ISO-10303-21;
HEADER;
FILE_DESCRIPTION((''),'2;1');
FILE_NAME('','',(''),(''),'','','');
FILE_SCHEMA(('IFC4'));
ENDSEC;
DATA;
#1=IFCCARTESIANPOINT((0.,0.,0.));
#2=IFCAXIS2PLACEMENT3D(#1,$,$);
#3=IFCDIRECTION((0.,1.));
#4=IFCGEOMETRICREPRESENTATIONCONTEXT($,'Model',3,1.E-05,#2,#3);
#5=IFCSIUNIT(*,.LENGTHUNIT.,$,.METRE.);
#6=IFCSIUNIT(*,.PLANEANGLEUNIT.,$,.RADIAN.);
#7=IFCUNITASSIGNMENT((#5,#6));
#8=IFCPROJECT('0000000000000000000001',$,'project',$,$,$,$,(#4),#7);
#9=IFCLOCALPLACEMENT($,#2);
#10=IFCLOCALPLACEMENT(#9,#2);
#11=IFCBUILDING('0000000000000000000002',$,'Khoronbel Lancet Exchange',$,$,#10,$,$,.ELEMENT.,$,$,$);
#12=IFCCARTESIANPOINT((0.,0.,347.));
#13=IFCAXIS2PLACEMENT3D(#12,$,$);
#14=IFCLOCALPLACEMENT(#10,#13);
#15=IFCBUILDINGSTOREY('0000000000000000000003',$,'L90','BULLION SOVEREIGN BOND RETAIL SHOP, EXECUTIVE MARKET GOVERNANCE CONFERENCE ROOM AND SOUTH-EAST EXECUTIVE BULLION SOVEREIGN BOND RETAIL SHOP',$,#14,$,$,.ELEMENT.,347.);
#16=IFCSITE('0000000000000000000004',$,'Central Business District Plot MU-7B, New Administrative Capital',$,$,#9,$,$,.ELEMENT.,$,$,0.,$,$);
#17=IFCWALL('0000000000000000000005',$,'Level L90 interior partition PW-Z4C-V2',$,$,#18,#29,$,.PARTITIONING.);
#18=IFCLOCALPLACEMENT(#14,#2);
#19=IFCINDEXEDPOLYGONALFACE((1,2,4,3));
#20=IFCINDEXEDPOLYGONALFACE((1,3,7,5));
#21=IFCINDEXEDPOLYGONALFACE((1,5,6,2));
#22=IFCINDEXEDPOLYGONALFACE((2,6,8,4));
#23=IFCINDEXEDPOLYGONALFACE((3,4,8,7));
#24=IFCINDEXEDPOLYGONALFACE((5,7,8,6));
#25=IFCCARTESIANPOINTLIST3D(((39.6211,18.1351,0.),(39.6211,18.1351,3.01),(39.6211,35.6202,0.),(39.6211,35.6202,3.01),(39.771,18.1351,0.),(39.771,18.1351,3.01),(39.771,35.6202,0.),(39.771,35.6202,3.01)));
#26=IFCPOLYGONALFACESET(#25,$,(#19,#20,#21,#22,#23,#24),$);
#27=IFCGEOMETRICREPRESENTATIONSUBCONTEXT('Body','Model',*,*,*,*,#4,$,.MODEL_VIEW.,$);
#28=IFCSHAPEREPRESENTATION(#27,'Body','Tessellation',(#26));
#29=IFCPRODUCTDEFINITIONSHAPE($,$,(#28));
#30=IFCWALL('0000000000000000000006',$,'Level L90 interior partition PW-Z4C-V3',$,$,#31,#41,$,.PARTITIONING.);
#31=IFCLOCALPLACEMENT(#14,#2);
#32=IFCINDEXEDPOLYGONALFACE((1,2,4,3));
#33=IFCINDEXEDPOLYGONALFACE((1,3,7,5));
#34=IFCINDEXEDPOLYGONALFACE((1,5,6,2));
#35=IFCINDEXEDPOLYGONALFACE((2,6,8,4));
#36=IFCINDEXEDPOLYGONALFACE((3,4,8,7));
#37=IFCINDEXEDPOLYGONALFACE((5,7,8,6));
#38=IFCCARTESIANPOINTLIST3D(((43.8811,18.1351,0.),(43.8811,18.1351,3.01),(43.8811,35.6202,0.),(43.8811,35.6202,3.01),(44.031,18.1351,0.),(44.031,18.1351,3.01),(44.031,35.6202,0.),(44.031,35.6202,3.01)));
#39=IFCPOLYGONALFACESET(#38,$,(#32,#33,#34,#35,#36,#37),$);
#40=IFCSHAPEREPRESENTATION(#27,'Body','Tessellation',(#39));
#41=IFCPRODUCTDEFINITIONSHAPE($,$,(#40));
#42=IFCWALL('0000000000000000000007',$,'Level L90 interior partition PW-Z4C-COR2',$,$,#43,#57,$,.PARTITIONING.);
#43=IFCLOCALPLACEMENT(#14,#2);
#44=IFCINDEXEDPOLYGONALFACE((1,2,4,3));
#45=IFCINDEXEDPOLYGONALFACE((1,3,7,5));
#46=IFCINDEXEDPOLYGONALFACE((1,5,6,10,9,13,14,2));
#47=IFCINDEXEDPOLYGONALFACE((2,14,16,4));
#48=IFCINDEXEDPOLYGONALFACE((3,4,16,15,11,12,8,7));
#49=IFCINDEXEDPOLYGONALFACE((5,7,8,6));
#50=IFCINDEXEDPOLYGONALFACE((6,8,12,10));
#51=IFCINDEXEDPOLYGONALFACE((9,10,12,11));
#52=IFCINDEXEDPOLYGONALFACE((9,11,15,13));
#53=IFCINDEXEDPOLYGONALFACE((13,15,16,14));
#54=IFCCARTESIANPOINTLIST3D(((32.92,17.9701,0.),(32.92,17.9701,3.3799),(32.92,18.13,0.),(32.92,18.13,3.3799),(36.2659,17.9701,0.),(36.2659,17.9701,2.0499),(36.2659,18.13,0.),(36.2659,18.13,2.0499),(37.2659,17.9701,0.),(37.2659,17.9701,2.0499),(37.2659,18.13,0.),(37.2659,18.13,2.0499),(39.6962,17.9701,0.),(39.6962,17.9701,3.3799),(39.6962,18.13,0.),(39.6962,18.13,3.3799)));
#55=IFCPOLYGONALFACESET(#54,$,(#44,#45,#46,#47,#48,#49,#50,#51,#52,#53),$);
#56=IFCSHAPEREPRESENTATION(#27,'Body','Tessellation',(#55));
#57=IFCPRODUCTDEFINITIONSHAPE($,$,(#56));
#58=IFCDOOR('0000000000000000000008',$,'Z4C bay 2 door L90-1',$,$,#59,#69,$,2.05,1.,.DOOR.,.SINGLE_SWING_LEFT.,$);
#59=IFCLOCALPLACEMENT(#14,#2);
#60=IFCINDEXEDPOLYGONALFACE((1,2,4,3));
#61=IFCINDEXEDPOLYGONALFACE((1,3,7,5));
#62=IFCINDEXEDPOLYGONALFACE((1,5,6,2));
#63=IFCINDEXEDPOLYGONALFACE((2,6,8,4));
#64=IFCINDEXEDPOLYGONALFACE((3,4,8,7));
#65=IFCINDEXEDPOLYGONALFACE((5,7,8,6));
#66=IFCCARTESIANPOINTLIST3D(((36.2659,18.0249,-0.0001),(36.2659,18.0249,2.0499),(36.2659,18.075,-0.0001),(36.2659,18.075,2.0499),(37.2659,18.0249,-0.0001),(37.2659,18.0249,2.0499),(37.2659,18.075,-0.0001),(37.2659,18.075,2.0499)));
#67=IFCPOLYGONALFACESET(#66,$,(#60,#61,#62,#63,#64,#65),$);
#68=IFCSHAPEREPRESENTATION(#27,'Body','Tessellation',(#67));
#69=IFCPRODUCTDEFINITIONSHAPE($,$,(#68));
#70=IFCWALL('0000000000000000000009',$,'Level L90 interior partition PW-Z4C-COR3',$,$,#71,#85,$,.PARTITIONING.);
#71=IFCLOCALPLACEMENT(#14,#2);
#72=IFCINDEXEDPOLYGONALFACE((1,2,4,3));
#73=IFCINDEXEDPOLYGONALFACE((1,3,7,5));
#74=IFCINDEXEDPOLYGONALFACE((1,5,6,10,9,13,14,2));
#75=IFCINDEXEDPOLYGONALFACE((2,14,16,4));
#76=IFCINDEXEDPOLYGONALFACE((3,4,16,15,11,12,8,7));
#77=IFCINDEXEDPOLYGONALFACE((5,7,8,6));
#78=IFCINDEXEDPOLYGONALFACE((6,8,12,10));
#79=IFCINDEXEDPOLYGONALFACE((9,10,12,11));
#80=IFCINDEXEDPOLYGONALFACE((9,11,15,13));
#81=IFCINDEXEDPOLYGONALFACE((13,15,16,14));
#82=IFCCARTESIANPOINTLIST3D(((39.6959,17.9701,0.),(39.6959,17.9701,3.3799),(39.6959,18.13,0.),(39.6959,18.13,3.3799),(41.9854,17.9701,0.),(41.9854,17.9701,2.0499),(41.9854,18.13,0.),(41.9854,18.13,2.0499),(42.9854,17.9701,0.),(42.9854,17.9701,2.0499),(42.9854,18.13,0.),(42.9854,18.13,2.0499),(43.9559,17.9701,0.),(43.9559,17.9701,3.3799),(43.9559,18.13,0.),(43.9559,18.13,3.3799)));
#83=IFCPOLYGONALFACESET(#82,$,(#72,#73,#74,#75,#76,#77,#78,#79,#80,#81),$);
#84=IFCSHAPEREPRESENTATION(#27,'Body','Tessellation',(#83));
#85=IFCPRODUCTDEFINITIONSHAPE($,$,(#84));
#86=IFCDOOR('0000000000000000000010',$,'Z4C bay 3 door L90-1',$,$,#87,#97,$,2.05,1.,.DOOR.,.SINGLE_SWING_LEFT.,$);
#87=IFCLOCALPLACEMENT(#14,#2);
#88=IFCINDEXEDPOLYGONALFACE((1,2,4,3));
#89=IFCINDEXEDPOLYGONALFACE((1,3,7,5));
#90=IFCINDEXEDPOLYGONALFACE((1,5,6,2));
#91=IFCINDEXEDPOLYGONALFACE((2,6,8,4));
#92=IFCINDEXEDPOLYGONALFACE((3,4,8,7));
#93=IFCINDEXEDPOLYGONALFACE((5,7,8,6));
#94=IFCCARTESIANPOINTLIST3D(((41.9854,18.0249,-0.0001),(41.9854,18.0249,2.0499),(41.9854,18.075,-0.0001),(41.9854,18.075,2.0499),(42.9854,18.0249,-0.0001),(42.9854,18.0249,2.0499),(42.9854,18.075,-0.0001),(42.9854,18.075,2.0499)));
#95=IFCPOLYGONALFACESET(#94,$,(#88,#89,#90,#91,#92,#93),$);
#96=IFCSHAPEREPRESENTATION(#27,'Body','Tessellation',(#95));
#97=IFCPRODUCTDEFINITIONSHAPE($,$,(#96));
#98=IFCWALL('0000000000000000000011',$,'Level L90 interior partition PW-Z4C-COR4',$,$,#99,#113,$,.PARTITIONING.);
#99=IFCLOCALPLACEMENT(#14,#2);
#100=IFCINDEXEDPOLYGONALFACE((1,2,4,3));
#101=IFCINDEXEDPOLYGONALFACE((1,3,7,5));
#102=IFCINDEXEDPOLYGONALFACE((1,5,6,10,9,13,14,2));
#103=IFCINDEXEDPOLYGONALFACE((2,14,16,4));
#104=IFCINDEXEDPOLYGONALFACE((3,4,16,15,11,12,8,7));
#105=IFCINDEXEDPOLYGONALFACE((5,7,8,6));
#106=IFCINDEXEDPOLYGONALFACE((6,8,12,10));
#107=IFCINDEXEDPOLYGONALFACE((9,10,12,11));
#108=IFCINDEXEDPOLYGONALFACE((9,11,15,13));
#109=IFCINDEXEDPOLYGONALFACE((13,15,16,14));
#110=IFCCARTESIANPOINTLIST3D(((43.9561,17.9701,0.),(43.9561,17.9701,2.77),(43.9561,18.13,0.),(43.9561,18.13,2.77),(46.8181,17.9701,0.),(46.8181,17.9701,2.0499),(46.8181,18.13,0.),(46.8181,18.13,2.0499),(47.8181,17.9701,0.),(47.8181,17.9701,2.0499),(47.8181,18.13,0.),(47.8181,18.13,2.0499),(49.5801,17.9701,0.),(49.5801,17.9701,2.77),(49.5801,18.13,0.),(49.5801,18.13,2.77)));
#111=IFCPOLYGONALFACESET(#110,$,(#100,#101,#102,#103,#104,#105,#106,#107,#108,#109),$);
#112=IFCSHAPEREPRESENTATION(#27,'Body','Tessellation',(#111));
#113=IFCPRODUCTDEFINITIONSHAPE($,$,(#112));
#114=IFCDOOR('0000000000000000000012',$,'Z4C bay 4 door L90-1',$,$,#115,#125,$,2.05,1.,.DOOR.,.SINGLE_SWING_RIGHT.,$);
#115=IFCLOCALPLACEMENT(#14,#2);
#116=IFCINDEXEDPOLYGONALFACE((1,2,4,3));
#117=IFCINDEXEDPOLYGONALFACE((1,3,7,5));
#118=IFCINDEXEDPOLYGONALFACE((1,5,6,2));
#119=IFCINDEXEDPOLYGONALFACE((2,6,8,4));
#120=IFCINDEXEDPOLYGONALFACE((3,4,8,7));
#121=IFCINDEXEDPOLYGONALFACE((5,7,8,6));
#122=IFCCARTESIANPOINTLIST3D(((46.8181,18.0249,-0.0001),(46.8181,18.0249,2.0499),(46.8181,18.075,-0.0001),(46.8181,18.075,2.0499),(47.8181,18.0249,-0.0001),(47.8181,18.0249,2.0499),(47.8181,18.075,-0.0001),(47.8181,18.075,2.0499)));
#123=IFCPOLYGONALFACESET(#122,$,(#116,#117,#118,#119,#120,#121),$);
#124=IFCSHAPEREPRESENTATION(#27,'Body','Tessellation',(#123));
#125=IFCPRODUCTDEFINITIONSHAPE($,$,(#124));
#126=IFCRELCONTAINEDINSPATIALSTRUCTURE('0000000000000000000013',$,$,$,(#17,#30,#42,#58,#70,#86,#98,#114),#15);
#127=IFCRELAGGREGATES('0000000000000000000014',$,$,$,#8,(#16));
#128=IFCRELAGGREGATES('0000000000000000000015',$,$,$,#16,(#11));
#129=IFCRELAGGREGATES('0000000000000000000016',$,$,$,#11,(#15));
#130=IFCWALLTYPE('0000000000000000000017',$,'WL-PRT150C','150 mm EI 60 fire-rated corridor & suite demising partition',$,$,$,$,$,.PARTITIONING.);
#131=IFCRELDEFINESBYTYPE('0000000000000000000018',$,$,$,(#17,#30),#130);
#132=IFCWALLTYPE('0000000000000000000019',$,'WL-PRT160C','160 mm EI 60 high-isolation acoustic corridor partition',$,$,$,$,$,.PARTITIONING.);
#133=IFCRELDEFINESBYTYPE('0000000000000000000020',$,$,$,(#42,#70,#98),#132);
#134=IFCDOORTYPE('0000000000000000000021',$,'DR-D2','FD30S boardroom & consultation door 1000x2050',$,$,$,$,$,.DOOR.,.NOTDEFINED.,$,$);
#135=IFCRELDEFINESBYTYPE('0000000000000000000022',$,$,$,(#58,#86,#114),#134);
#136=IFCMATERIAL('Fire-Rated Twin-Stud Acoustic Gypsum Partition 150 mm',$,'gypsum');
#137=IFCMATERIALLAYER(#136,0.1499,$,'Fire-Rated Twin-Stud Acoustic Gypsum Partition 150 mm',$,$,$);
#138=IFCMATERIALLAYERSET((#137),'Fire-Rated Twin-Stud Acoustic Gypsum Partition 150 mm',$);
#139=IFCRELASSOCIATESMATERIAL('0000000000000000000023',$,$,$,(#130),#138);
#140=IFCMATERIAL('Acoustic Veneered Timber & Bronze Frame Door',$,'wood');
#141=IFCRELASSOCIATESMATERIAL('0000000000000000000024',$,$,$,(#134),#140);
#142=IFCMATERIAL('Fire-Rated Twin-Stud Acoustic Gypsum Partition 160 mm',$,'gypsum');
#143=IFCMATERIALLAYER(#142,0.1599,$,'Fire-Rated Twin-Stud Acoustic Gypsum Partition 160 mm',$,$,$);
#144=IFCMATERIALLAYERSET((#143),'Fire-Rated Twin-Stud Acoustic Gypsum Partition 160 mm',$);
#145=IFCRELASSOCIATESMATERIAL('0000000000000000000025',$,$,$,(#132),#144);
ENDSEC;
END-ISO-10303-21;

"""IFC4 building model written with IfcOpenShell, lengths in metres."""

from ifc_helpers import new_model, si_unit, direction, frame, frame_2d, origin, place, context, subcontext, project, spatial, rectangle, extrude, material, layer, layer_set, type_object, element, fill, save


model = new_model("IFC4")

# Units and contexts
model_context = context("Model", 3, precision=1e-05, world=origin(), true_north=direction((0.0, 1.0)))
body_context = subcontext(model_context, "Body", "Model", "MODEL_VIEW")
ifc_project = project(units=[si_unit("LENGTHUNIT", "METRE"), si_unit("PLANEANGLEUNIT", "RADIAN")], contexts=[model_context])

# Site, building, storey
site_placement = place(None, origin())
site = spatial("IfcSite", under=ifc_project, at=site_placement, Name="Central Business District Plot MU-7B, New Administrative Capital", CompositionType="ELEMENT", RefElevation=0.0)
building_placement = place(site_placement, origin())
building = spatial("IfcBuilding", under=site, at=building_placement, Name="Khoronbel Lancet Exchange", CompositionType="ELEMENT")
storey_placement = place(building_placement, frame((0.0, 0.0, 347.0)))
storey = spatial("IfcBuildingStorey", under=building, at=storey_placement, Name="L90", Description="BULLION SOVEREIGN BOND RETAIL SHOP, EXECUTIVE MARKET GOVERNANCE CONFERENCE ROOM AND SOUTH-EAST EXECUTIVE BULLION SOVEREIGN BOND RETAIL SHOP", CompositionType="ELEMENT", Elevation=347.0)

# Shared definitions
ifc_material_1 = material(Name="Fire-Rated Twin-Stud Acoustic Gypsum Partition 150 mm", Category="gypsum")
ifc_layer_1 = layer(ifc_material_1, 0.1499, Name="Fire-Rated Twin-Stud Acoustic Gypsum Partition 150 mm")
ifc_layer_set_1 = layer_set([ifc_layer_1], Name="Fire-Rated Twin-Stud Acoustic Gypsum Partition 150 mm")
wall_type_1 = type_object("IfcWallType", Name="WL-PRT150C", Description="150 mm EI 60 fire-rated corridor & suite demising partition", PredefinedType="PARTITIONING", material=ifc_layer_set_1)
ifc_material_2 = material(Name="Acoustic Veneered Timber & Bronze Frame Door", Category="wood")
door_type_1 = type_object("IfcDoorType", Name="DR-D2", Description="FD30S boardroom & consultation door 1000x2050", OperationType="NOTDEFINED", PredefinedType="DOOR", material=ifc_material_2)

# Walls
for number, where, z_axis, x_axis, name in (
    (1, (39.696, 18.135, 0.0), (0.0, 0.0, 1.0), (0.0, 1.0, 0.0), "Level L90 interior partition PW-Z4C-V2"),
    (2, (43.9561, 18.135, 0.0), (0.0, 0.0, 1.0), (0.0, 1.0, 0.0), "Level L90 interior partition PW-Z4C-V3"),
):
    element("IfcWall", number, at=place(storey_placement, frame(where, z_axis=z_axis, x_axis=x_axis)), inside=storey, type_object=wall_type_1, Name=name, PredefinedType="PARTITIONING", context=body_context, shape_type="SweptSolid", body=[
        extrude(rectangle(XDim=17.4851, YDim=0.1499, at=frame_2d((8.7427, 0.0))), origin(), (0.0, 0.0, 1.0), 3.01),
    ])

# Walls, openings, doors
ifc_material_3 = material(Name="Fire-Rated Twin-Stud Acoustic Gypsum Partition 160 mm", Category="gypsum")
ifc_layer_2 = layer(ifc_material_3, 0.1599, Name="Fire-Rated Twin-Stud Acoustic Gypsum Partition 160 mm")
ifc_layer_set_2 = layer_set([ifc_layer_2], Name="Fire-Rated Twin-Stud Acoustic Gypsum Partition 160 mm")
wall_type_2 = type_object("IfcWallType", Name="WL-PRT160C", Description="160 mm EI 60 high-isolation acoustic corridor partition", PredefinedType="PARTITIONING", material=ifc_layer_set_2)
wall_1_placement = place(storey_placement, frame((32.9199, 18.05, 0.0), z_axis=(0.0, 0.0, 1.0), x_axis=(1.0, 0.0, 0.0)))
wall_1 = element("IfcWall", 3, at=wall_1_placement, inside=storey, type_object=wall_type_2, Name="Level L90 interior partition PW-Z4C-COR2", PredefinedType="PARTITIONING", context=body_context, shape_type="SweptSolid", body=[
    extrude(rectangle(XDim=6.7761, YDim=0.1599, at=frame_2d((3.3882, 0.0))), origin(), (0.0, 0.0, 1.0), 3.3799),
])
opening_1_placement = place(wall_1_placement, frame((3.3459, 0.0, 0.0)))
opening_1 = element("IfcOpeningElement", 4, at=opening_1_placement, cuts=wall_1, PredefinedType="OPENING", context=body_context, shape_type="SweptSolid", body=[
    extrude(rectangle(XDim=1.0, YDim=2.05, at=frame_2d((0.5, 1.0249))), frame((0.0, 0.0898, 0.0), z_axis=(0.0, -1.0, 0.0), x_axis=(1.0, 0.0, 0.0)), (0.0, 0.0, 1.0), 0.1799),
])
door_1_placement = place(opening_1_placement, origin())
door_1 = element("IfcDoor", 5, at=door_1_placement, inside=storey, type_object=door_type_1, Name="Z4C bay 2 door L90-1", OperationType="SINGLE_SWING_LEFT", OverallHeight=2.05, OverallWidth=1.0, PredefinedType="DOOR", context=body_context, shape_type="SweptSolid", body=[
    extrude(rectangle(XDim=1.0, YDim=2.05, at=frame_2d((0.5, 1.0249))), frame((0.0, 0.0249, 0.0), z_axis=(0.0, -1.0, 0.0), x_axis=(1.0, 0.0, 0.0)), (0.0, 0.0, 1.0), 0.05),
])
fill(opening_1, door_1)
wall_2_placement = place(storey_placement, frame((39.696, 18.05, 0.0), z_axis=(0.0, 0.0, 1.0), x_axis=(1.0, 0.0, 0.0)))
wall_2 = element("IfcWall", 6, at=wall_2_placement, inside=storey, type_object=wall_type_2, Name="Level L90 interior partition PW-Z4C-COR3", PredefinedType="PARTITIONING", context=body_context, shape_type="SweptSolid", body=[
    extrude(rectangle(XDim=4.26, YDim=0.1599, at=frame_2d((2.1299, 0.0))), origin(), (0.0, 0.0, 1.0), 3.3799),
])
opening_2_placement = place(wall_2_placement, frame((2.2893, 0.0, 0.0)))
opening_2 = element("IfcOpeningElement", 7, at=opening_2_placement, cuts=wall_2, PredefinedType="OPENING", context=body_context, shape_type="SweptSolid", body=[
    extrude(rectangle(XDim=1.0, YDim=2.05, at=frame_2d((0.5, 1.0249))), frame((0.0, 0.0898, 0.0), z_axis=(0.0, -1.0, 0.0), x_axis=(1.0, 0.0, 0.0)), (0.0, 0.0, 1.0), 0.1799),
])
door_2_placement = place(opening_2_placement, origin())
door_2 = element("IfcDoor", 8, at=door_2_placement, inside=storey, type_object=door_type_1, Name="Z4C bay 3 door L90-1", OperationType="SINGLE_SWING_LEFT", OverallHeight=2.05, OverallWidth=1.0, PredefinedType="DOOR", context=body_context, shape_type="SweptSolid", body=[
    extrude(rectangle(XDim=1.0, YDim=2.05, at=frame_2d((0.5, 1.0249))), frame((0.0, 0.0249, 0.0), z_axis=(0.0, -1.0, 0.0), x_axis=(1.0, 0.0, 0.0)), (0.0, 0.0, 1.0), 0.05),
])
fill(opening_2, door_2)
wall_3_placement = place(storey_placement, frame((43.9561, 18.05, 0.0), z_axis=(0.0, 0.0, 1.0), x_axis=(1.0, 0.0, 0.0)))
wall_3 = element("IfcWall", 9, at=wall_3_placement, inside=storey, type_object=wall_type_2, Name="Level L90 interior partition PW-Z4C-COR4", PredefinedType="PARTITIONING", context=body_context, shape_type="SweptSolid", body=[
    extrude(rectangle(XDim=5.624, YDim=0.1599, at=frame_2d((2.812, 0.0))), origin(), (0.0, 0.0, 1.0), 2.77),
])
opening_3_placement = place(wall_3_placement, frame((2.8621, 0.0, 0.0)))
opening_3 = element("IfcOpeningElement", 10, at=opening_3_placement, cuts=wall_3, PredefinedType="OPENING", context=body_context, shape_type="SweptSolid", body=[
    extrude(rectangle(XDim=1.0, YDim=2.05, at=frame_2d((0.5, 1.0249))), frame((0.0, 0.0898, 0.0), z_axis=(0.0, -1.0, 0.0), x_axis=(1.0, 0.0, 0.0)), (0.0, 0.0, 1.0), 0.1799),
])
door_3_placement = place(opening_3_placement, origin())
door_3 = element("IfcDoor", 11, at=door_3_placement, inside=storey, type_object=door_type_1, Name="Z4C bay 4 door L90-1", OperationType="SINGLE_SWING_RIGHT", OverallHeight=2.05, OverallWidth=1.0, PredefinedType="DOOR", context=body_context, shape_type="SweptSolid", body=[
    extrude(rectangle(XDim=1.0, YDim=2.05, at=frame_2d((0.5, 1.0249))), frame((0.0, 0.0249, 0.0), z_axis=(0.0, -1.0, 0.0), x_axis=(1.0, 0.0, 0.0)), (0.0, 0.0, 1.0), 0.05),
])
fill(opening_3, door_3)

save(model, "model.ifc")
